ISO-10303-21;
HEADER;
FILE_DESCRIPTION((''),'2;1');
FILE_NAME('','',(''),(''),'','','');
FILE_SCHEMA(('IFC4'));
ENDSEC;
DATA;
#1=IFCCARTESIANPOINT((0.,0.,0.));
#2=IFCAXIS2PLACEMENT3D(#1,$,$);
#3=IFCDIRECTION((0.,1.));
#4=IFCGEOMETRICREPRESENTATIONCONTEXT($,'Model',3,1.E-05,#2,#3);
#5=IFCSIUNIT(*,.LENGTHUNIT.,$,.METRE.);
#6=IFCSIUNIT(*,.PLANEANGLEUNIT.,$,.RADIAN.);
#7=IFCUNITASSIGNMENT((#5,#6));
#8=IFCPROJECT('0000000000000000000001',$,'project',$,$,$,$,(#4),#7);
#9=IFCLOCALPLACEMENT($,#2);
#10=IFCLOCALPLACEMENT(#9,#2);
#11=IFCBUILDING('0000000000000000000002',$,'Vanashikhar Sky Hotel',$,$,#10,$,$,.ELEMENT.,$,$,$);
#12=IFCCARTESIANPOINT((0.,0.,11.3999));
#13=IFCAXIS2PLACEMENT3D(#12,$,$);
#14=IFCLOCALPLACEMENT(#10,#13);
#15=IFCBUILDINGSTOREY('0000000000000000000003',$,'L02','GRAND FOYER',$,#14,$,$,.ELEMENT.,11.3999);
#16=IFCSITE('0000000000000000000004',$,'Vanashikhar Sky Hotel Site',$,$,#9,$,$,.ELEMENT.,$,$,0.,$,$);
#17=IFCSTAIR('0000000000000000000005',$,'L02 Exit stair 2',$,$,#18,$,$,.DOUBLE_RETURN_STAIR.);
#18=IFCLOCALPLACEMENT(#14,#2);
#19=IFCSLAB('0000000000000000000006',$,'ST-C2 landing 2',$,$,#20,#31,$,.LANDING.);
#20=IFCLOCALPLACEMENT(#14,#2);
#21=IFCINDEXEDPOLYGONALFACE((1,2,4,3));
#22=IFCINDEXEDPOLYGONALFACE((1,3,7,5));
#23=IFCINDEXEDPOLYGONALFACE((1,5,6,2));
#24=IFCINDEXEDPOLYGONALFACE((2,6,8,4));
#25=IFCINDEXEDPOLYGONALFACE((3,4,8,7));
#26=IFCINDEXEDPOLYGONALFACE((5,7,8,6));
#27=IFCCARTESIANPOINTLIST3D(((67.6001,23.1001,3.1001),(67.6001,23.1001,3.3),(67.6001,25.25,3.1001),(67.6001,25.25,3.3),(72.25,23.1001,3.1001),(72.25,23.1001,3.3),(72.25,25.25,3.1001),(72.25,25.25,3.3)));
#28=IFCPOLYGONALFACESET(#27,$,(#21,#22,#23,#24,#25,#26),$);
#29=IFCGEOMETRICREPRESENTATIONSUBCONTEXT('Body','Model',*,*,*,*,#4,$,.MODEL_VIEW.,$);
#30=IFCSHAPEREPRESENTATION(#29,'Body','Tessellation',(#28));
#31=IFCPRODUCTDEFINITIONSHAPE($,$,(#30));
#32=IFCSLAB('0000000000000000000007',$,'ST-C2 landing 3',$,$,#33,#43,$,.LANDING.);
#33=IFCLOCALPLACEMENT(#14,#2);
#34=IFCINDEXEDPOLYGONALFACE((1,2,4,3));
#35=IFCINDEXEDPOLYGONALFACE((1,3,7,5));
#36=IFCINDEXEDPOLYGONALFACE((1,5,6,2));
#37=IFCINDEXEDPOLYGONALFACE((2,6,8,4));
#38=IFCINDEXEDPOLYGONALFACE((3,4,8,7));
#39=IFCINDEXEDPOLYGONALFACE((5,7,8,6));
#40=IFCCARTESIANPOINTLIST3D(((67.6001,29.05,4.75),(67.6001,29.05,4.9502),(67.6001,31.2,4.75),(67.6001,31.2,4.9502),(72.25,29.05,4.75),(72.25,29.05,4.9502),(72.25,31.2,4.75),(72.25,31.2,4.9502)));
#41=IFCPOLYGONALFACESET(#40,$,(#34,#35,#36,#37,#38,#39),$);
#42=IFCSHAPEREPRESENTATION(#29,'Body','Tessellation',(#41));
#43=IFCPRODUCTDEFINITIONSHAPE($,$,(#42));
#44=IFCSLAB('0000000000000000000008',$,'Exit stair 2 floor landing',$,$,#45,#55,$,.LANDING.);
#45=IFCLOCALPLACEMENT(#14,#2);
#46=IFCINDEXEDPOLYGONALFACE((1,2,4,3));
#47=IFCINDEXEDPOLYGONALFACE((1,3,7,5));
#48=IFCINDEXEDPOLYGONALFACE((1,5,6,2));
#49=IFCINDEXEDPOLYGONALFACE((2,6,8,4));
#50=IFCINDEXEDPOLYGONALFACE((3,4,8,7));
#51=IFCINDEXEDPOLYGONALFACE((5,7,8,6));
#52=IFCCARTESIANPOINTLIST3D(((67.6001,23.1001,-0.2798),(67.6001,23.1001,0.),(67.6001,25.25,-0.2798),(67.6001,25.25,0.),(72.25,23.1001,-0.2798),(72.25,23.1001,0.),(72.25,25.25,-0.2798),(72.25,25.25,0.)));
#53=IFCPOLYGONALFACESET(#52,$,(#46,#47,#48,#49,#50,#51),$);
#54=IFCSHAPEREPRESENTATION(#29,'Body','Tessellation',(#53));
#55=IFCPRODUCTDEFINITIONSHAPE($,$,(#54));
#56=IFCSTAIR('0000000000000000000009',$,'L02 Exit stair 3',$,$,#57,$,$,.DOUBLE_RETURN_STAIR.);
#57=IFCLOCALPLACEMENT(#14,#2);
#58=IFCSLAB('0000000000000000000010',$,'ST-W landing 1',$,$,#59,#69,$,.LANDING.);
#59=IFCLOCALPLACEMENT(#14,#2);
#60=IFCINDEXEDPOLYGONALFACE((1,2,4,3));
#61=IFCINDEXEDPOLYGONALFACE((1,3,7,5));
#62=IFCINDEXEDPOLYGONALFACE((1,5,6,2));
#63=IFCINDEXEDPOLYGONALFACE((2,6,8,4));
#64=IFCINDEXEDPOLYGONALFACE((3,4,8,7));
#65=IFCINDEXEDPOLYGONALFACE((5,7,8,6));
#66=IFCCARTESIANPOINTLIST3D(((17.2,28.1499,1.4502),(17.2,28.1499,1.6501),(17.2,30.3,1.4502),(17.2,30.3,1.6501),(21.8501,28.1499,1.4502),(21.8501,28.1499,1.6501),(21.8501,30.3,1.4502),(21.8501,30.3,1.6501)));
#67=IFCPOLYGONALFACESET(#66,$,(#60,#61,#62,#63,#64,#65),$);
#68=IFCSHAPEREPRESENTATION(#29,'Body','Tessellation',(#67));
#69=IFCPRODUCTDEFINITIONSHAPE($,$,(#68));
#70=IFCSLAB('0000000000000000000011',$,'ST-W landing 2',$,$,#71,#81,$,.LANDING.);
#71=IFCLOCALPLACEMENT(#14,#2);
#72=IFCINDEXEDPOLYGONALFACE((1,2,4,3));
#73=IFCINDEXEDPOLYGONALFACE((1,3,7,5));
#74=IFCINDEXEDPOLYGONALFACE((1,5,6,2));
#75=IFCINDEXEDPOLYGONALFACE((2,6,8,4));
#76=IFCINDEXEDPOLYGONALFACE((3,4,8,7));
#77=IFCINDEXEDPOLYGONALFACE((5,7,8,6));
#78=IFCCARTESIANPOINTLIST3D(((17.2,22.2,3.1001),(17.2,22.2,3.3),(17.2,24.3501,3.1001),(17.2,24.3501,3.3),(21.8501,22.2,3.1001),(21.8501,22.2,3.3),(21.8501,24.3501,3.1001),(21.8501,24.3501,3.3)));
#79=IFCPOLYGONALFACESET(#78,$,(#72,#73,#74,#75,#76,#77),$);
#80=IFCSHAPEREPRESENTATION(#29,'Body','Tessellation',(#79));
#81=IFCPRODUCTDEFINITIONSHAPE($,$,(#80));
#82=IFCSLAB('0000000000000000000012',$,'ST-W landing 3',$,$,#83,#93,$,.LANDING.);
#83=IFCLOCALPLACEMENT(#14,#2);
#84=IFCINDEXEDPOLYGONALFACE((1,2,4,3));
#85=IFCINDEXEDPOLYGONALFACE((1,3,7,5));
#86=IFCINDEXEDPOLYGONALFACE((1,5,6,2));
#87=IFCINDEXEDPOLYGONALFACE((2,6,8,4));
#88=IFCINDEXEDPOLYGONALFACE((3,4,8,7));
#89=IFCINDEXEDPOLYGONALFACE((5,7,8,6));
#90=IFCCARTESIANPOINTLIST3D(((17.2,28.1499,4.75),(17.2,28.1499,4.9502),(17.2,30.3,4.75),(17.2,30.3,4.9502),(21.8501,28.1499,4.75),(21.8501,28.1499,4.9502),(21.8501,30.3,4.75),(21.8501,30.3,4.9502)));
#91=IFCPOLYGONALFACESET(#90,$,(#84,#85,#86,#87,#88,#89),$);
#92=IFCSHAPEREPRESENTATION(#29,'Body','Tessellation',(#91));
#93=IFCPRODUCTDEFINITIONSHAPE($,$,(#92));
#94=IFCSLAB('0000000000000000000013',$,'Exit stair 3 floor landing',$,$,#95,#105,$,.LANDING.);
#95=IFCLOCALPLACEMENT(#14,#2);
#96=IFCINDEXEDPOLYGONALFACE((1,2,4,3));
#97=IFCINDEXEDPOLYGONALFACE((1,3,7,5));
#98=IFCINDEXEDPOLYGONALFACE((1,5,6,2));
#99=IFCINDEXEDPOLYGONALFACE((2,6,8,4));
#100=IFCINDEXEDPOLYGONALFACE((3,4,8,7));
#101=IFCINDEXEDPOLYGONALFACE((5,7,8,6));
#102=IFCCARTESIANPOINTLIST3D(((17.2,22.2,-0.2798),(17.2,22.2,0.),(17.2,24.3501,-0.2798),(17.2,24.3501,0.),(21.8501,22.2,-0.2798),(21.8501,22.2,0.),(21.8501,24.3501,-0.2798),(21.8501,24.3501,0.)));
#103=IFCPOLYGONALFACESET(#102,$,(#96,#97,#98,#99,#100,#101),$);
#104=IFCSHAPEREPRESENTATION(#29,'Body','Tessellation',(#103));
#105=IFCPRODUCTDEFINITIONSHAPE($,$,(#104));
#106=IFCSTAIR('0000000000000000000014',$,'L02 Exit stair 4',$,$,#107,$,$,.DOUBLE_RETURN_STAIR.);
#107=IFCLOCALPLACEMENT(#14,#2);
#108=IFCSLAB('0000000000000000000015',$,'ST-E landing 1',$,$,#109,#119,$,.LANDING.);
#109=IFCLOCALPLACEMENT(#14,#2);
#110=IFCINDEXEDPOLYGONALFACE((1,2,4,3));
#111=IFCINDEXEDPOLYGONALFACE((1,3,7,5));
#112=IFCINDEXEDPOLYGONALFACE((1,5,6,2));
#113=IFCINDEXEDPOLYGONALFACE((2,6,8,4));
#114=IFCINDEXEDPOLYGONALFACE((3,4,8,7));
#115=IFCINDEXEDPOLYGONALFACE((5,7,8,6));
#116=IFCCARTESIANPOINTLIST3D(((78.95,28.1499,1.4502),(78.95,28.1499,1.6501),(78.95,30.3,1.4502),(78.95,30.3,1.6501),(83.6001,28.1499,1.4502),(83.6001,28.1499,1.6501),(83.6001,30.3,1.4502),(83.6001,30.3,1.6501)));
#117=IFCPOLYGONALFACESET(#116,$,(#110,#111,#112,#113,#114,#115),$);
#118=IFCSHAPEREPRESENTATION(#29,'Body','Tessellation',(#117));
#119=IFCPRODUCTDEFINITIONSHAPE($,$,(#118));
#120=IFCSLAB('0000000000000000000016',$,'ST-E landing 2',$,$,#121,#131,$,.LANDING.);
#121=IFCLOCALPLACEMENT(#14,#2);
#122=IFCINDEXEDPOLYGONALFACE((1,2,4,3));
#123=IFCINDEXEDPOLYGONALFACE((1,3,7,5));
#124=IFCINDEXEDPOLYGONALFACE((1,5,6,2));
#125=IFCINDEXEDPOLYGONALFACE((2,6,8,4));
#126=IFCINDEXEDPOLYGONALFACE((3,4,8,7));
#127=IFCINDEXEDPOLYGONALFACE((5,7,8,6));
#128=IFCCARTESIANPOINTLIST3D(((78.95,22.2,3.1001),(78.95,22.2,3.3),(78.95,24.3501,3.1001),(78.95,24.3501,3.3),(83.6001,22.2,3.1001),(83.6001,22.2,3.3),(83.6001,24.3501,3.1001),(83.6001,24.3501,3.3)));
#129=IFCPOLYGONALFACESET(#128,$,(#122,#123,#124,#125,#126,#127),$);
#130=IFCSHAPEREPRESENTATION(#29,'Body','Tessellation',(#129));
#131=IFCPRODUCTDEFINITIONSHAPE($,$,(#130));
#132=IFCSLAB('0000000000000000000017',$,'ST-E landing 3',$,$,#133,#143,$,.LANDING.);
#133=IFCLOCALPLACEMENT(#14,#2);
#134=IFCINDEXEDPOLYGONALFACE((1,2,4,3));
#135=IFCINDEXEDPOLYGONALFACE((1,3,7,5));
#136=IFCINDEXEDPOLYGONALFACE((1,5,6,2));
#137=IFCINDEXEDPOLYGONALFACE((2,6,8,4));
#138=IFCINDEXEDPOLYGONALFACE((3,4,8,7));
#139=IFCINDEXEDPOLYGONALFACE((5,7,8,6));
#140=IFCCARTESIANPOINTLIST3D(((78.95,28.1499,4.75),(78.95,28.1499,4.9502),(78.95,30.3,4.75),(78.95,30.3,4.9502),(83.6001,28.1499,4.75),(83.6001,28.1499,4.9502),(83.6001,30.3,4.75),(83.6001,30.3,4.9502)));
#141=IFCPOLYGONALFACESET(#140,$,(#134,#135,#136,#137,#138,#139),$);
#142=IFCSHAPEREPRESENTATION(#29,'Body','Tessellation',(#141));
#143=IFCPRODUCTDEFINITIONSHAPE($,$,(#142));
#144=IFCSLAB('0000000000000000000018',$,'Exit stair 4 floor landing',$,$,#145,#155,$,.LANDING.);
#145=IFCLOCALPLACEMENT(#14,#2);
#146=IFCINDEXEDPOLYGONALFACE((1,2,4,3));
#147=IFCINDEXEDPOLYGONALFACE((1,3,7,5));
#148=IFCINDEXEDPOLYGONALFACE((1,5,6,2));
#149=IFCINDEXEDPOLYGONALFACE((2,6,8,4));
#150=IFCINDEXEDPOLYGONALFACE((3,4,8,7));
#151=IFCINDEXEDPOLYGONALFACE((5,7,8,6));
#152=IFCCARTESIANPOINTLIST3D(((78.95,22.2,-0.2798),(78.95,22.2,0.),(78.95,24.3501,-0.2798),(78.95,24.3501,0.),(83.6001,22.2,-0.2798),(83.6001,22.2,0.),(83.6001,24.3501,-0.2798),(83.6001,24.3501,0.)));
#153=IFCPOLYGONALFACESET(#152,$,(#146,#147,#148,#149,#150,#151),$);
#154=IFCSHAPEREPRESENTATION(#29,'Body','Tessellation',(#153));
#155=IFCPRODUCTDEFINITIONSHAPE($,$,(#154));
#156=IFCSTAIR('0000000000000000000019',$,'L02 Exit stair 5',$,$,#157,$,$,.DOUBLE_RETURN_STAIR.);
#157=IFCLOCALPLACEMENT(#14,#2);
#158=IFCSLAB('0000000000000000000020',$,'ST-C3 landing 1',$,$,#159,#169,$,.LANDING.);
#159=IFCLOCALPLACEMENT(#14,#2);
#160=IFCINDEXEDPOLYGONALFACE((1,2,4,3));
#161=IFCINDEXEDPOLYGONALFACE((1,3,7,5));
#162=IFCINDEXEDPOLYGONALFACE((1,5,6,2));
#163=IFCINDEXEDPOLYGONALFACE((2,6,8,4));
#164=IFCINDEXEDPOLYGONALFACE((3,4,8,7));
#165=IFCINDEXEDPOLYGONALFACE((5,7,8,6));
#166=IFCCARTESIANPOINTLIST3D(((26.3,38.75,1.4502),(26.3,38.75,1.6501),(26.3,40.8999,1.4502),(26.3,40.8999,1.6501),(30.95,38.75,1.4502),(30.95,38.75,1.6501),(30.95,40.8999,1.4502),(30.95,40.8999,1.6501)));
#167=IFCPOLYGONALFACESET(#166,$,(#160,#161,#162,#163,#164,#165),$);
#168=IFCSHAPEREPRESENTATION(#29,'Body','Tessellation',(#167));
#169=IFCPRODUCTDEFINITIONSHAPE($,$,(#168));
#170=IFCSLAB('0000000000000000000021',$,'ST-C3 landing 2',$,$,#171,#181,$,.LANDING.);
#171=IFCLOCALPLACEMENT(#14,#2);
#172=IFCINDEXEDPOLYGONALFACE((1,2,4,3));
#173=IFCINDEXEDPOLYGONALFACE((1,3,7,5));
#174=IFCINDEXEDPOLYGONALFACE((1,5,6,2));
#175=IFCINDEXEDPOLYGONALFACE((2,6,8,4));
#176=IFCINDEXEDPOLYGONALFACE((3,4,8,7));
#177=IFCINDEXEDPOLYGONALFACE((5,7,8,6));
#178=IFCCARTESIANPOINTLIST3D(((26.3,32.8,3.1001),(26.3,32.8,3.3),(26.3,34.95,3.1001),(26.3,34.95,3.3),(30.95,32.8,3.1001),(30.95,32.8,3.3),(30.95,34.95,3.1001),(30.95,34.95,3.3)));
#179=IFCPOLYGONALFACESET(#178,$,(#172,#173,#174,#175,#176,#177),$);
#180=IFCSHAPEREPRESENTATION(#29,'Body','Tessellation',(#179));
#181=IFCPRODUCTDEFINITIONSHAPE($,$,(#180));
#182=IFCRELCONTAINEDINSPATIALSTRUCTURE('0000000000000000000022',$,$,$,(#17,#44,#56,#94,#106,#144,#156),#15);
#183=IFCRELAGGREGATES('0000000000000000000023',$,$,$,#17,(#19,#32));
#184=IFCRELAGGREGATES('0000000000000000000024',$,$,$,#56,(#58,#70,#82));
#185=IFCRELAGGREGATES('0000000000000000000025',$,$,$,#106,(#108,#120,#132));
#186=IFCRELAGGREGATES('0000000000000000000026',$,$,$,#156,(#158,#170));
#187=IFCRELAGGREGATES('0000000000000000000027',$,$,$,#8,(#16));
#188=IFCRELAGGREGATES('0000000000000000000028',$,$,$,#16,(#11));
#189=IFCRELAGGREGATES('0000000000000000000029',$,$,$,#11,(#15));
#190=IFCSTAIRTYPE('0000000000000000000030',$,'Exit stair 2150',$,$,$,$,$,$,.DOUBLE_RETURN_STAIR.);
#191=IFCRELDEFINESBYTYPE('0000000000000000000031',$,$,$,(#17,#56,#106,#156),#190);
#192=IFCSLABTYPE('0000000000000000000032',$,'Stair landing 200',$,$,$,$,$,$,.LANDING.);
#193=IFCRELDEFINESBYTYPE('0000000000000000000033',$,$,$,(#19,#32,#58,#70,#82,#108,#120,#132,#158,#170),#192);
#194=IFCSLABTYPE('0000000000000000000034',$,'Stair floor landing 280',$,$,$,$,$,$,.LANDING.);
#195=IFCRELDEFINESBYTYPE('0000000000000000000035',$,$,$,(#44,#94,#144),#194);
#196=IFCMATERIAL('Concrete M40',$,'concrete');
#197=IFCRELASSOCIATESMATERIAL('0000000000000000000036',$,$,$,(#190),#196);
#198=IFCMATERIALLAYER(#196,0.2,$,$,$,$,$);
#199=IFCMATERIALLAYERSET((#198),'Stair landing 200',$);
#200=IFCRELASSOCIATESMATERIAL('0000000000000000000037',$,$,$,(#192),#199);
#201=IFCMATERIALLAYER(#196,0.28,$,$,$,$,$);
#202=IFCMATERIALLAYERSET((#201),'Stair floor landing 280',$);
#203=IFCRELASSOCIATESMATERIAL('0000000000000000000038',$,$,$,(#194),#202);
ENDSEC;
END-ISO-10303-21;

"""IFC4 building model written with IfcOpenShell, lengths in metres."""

from ifc_helpers import new_model, si_unit, direction, frame, origin, place, context, subcontext, project, spatial, polyline, outline, extrude, source, transform, mapped, material, layer, layer_set, type_object, element, aggregate, save


model = new_model("IFC4")

# Units and contexts
model_context = context("Model", 3, precision=1e-05, world=origin(), true_north=direction((0.0, 1.0)))
body_context = subcontext(model_context, "Body", "Model", "MODEL_VIEW")
ifc_project = project(units=[si_unit("LENGTHUNIT", "METRE"), si_unit("PLANEANGLEUNIT", "RADIAN")], contexts=[model_context])

# Site, building, storey
site_placement = place(None, origin())
site = spatial("IfcSite", under=ifc_project, at=site_placement, Name="Vanashikhar Sky Hotel Site", CompositionType="ELEMENT", RefElevation=0.0)
building_placement = place(site_placement, origin())
building = spatial("IfcBuilding", under=site, at=building_placement, Name="Vanashikhar Sky Hotel", CompositionType="ELEMENT")
storey_placement = place(building_placement, frame((0.0, 0.0, 11.3999)))
storey = spatial("IfcBuildingStorey", under=building, at=storey_placement, Name="L02", Description="GRAND FOYER", CompositionType="ELEMENT", Elevation=11.3999)

# Shared definitions
ifc_material_1 = material(Name="Concrete M40", Category="concrete")

# Shared definitions
stair_type = type_object("IfcStairType", Name="Exit stair 2150", PredefinedType="DOUBLE_RETURN_STAIR", material=ifc_material_1)
ifc_layer_1 = layer(ifc_material_1, 0.2)
ifc_layer_set_1 = layer_set([ifc_layer_1], Name="Stair landing 200")
slab_type_1 = type_object("IfcSlabType", Name="Stair landing 200", PredefinedType="LANDING", material=ifc_layer_set_1)

# Shared definitions
ifc_layer_2 = layer(ifc_material_1, 0.28)
ifc_layer_set_2 = layer_set([ifc_layer_2], Name="Stair floor landing 280")
slab_type_2 = type_object("IfcSlabType", Name="Stair floor landing 280", PredefinedType="LANDING", material=ifc_layer_set_2)

# Stair, slabs
stair_1_placement = place(storey_placement, origin())
stair_1 = element("IfcStair", 1, at=stair_1_placement, inside=storey, type_object=stair_type, Name="L02 Exit stair 2", PredefinedType="DOUBLE_RETURN_STAIR")
shared_shape_1 = source(origin(), body_context, "Body", "SweptSolid", [
    extrude(outline(polyline([(72.25, 23.1001), (72.25, 25.25), (67.6001, 25.25), (67.6001, 23.1001), (72.25, 23.1001)])), origin(), (0.0, 0.0, 1.0), 0.2),
])
slab_1_placement = place(storey_placement, frame((0.0, 0.0, 3.1001)))
slab_1 = element("IfcSlab", 2, at=slab_1_placement, type_object=slab_type_1, Name="ST-C2 landing 2", PredefinedType="LANDING", context=body_context, shape_type="MappedRepresentation", body=[
    mapped(shared_shape_1, transform((0.0, 0.0, 0.0), scale=1.0)),
])
shared_shape_2 = source(origin(), body_context, "Body", "SweptSolid", [
    extrude(outline(polyline([(72.25, 29.05), (72.25, 31.2), (67.6001, 31.2), (67.6001, 29.05), (72.25, 29.05)])), origin(), (0.0, 0.0, 1.0), 0.2002),
])
slab_2_placement = place(storey_placement, frame((0.0, 0.0, 4.75)))
slab_2 = element("IfcSlab", 3, at=slab_2_placement, type_object=slab_type_1, Name="ST-C2 landing 3", PredefinedType="LANDING", context=body_context, shape_type="MappedRepresentation", body=[
    mapped(shared_shape_2, transform((0.0, 0.0, 0.0), scale=1.0)),
])
aggregate(stair_1, [slab_1, slab_2])

# Slab
shared_shape_3 = source(origin(), body_context, "Body", "SweptSolid", [
    extrude(outline(polyline([(72.25, 23.1001), (72.25, 25.25), (67.6001, 25.25), (67.6001, 23.1001), (72.25, 23.1001)])), origin(), (0.0, 0.0, 1.0), 0.2798),
])
slab_3_placement = place(storey_placement, frame((0.0, 0.0, -0.2798)))
element("IfcSlab", 4, at=slab_3_placement, inside=storey, type_object=slab_type_2, Name="Exit stair 2 floor landing", PredefinedType="LANDING", context=body_context, shape_type="MappedRepresentation", body=[
    mapped(shared_shape_3, transform((0.0, 0.0, 0.0), scale=1.0)),
])

# Stair, slabs
stair_2_placement = place(storey_placement, origin())
stair_2 = element("IfcStair", 5, at=stair_2_placement, inside=storey, type_object=stair_type, Name="L02 Exit stair 3", PredefinedType="DOUBLE_RETURN_STAIR")
shared_shape_4 = source(origin(), body_context, "Body", "SweptSolid", [
    extrude(outline(polyline([(21.8501, 28.1499), (21.8501, 30.3), (17.2, 30.3), (17.2, 28.1499), (21.8501, 28.1499)])), origin(), (0.0, 0.0, 1.0), 0.2),
])
slab_4_placement = place(storey_placement, frame((0.0, 0.0, 1.4502)))
slab_4 = element("IfcSlab", 6, at=slab_4_placement, type_object=slab_type_1, Name="ST-W landing 1", PredefinedType="LANDING", context=body_context, shape_type="MappedRepresentation", body=[
    mapped(shared_shape_4, transform((0.0, 0.0, 0.0), scale=1.0)),
])
shared_shape_5 = source(origin(), body_context, "Body", "SweptSolid", [
    extrude(outline(polyline([(21.8501, 22.2), (21.8501, 24.3501), (17.2, 24.3501), (17.2, 22.2), (21.8501, 22.2)])), origin(), (0.0, 0.0, 1.0), 0.2),
])
slab_5_placement = place(storey_placement, frame((0.0, 0.0, 3.1001)))
slab_5 = element("IfcSlab", 7, at=slab_5_placement, type_object=slab_type_1, Name="ST-W landing 2", PredefinedType="LANDING", context=body_context, shape_type="MappedRepresentation", body=[
    mapped(shared_shape_5, transform((0.0, 0.0, 0.0), scale=1.0)),
])
shared_shape_6 = source(origin(), body_context, "Body", "SweptSolid", [
    extrude(outline(polyline([(21.8501, 28.1499), (21.8501, 30.3), (17.2, 30.3), (17.2, 28.1499), (21.8501, 28.1499)])), origin(), (0.0, 0.0, 1.0), 0.2002),
])
slab_6_placement = place(storey_placement, frame((0.0, 0.0, 4.75)))
slab_6 = element("IfcSlab", 8, at=slab_6_placement, type_object=slab_type_1, Name="ST-W landing 3", PredefinedType="LANDING", context=body_context, shape_type="MappedRepresentation", body=[
    mapped(shared_shape_6, transform((0.0, 0.0, 0.0), scale=1.0)),
])
aggregate(stair_2, [slab_4, slab_5, slab_6])

# Slab
shared_shape_7 = source(origin(), body_context, "Body", "SweptSolid", [
    extrude(outline(polyline([(21.8501, 22.2), (21.8501, 24.3501), (17.2, 24.3501), (17.2, 22.2), (21.8501, 22.2)])), origin(), (0.0, 0.0, 1.0), 0.2798),
])
slab_7_placement = place(storey_placement, frame((0.0, 0.0, -0.2798)))
element("IfcSlab", 9, at=slab_7_placement, inside=storey, type_object=slab_type_2, Name="Exit stair 3 floor landing", PredefinedType="LANDING", context=body_context, shape_type="MappedRepresentation", body=[
    mapped(shared_shape_7, transform((0.0, 0.0, 0.0), scale=1.0)),
])

# Stair, slabs
stair_3_placement = place(storey_placement, origin())
stair_3 = element("IfcStair", 10, at=stair_3_placement, inside=storey, type_object=stair_type, Name="L02 Exit stair 4", PredefinedType="DOUBLE_RETURN_STAIR")
shared_shape_8 = source(origin(), body_context, "Body", "SweptSolid", [
    extrude(outline(polyline([(83.6001, 28.1499), (83.6001, 30.3), (78.95, 30.3), (78.95, 28.1499), (83.6001, 28.1499)])), origin(), (0.0, 0.0, 1.0), 0.2),
])
slab_8_placement = place(storey_placement, frame((0.0, 0.0, 1.4502)))
slab_8 = element("IfcSlab", 11, at=slab_8_placement, type_object=slab_type_1, Name="ST-E landing 1", PredefinedType="LANDING", context=body_context, shape_type="MappedRepresentation", body=[
    mapped(shared_shape_8, transform((0.0, 0.0, 0.0), scale=1.0)),
])
shared_shape_9 = source(origin(), body_context, "Body", "SweptSolid", [
    extrude(outline(polyline([(83.6001, 22.2), (83.6001, 24.3501), (78.95, 24.3501), (78.95, 22.2), (83.6001, 22.2)])), origin(), (0.0, 0.0, 1.0), 0.2),
])
slab_9_placement = place(storey_placement, frame((0.0, 0.0, 3.1001)))
slab_9 = element("IfcSlab", 12, at=slab_9_placement, type_object=slab_type_1, Name="ST-E landing 2", PredefinedType="LANDING", context=body_context, shape_type="MappedRepresentation", body=[
    mapped(shared_shape_9, transform((0.0, 0.0, 0.0), scale=1.0)),
])
shared_shape_10 = source(origin(), body_context, "Body", "SweptSolid", [
    extrude(outline(polyline([(83.6001, 28.1499), (83.6001, 30.3), (78.95, 30.3), (78.95, 28.1499), (83.6001, 28.1499)])), origin(), (0.0, 0.0, 1.0), 0.2002),
])
slab_10_placement = place(storey_placement, frame((0.0, 0.0, 4.75)))
slab_10 = element("IfcSlab", 13, at=slab_10_placement, type_object=slab_type_1, Name="ST-E landing 3", PredefinedType="LANDING", context=body_context, shape_type="MappedRepresentation", body=[
    mapped(shared_shape_10, transform((0.0, 0.0, 0.0), scale=1.0)),
])
aggregate(stair_3, [slab_8, slab_9, slab_10])

# Slab
shared_shape_11 = source(origin(), body_context, "Body", "SweptSolid", [
    extrude(outline(polyline([(83.6001, 22.2), (83.6001, 24.3501), (78.95, 24.3501), (78.95, 22.2), (83.6001, 22.2)])), origin(), (0.0, 0.0, 1.0), 0.2798),
])
slab_11_placement = place(storey_placement, frame((0.0, 0.0, -0.2798)))
element("IfcSlab", 14, at=slab_11_placement, inside=storey, type_object=slab_type_2, Name="Exit stair 4 floor landing", PredefinedType="LANDING", context=body_context, shape_type="MappedRepresentation", body=[
    mapped(shared_shape_11, transform((0.0, 0.0, 0.0), scale=1.0)),
])

# Stair, slabs
stair_4_placement = place(storey_placement, origin())
stair_4 = element("IfcStair", 15, at=stair_4_placement, inside=storey, type_object=stair_type, Name="L02 Exit stair 5", PredefinedType="DOUBLE_RETURN_STAIR")
shared_shape_12 = source(origin(), body_context, "Body", "SweptSolid", [
    extrude(outline(polyline([(30.95, 38.75), (30.95, 40.8999), (26.3, 40.8999), (26.3, 38.75), (30.95, 38.75)])), origin(), (0.0, 0.0, 1.0), 0.2),
])
slab_12_placement = place(storey_placement, frame((0.0, 0.0, 1.4502)))
slab_12 = element("IfcSlab", 16, at=slab_12_placement, type_object=slab_type_1, Name="ST-C3 landing 1", PredefinedType="LANDING", context=body_context, shape_type="MappedRepresentation", body=[
    mapped(shared_shape_12, transform((0.0, 0.0, 0.0), scale=1.0)),
])
shared_shape_13 = source(origin(), body_context, "Body", "SweptSolid", [
    extrude(outline(polyline([(30.95, 32.8), (30.95, 34.95), (26.3, 34.95), (26.3, 32.8), (30.95, 32.8)])), origin(), (0.0, 0.0, 1.0), 0.2),
])
slab_13_placement = place(storey_placement, frame((0.0, 0.0, 3.1001)))
slab_13 = element("IfcSlab", 17, at=slab_13_placement, type_object=slab_type_1, Name="ST-C3 landing 2", PredefinedType="LANDING", context=body_context, shape_type="MappedRepresentation", body=[
    mapped(shared_shape_13, transform((0.0, 0.0, 0.0), scale=1.0)),
])
aggregate(stair_4, [slab_12, slab_13])

save(model, "model.ifc")
